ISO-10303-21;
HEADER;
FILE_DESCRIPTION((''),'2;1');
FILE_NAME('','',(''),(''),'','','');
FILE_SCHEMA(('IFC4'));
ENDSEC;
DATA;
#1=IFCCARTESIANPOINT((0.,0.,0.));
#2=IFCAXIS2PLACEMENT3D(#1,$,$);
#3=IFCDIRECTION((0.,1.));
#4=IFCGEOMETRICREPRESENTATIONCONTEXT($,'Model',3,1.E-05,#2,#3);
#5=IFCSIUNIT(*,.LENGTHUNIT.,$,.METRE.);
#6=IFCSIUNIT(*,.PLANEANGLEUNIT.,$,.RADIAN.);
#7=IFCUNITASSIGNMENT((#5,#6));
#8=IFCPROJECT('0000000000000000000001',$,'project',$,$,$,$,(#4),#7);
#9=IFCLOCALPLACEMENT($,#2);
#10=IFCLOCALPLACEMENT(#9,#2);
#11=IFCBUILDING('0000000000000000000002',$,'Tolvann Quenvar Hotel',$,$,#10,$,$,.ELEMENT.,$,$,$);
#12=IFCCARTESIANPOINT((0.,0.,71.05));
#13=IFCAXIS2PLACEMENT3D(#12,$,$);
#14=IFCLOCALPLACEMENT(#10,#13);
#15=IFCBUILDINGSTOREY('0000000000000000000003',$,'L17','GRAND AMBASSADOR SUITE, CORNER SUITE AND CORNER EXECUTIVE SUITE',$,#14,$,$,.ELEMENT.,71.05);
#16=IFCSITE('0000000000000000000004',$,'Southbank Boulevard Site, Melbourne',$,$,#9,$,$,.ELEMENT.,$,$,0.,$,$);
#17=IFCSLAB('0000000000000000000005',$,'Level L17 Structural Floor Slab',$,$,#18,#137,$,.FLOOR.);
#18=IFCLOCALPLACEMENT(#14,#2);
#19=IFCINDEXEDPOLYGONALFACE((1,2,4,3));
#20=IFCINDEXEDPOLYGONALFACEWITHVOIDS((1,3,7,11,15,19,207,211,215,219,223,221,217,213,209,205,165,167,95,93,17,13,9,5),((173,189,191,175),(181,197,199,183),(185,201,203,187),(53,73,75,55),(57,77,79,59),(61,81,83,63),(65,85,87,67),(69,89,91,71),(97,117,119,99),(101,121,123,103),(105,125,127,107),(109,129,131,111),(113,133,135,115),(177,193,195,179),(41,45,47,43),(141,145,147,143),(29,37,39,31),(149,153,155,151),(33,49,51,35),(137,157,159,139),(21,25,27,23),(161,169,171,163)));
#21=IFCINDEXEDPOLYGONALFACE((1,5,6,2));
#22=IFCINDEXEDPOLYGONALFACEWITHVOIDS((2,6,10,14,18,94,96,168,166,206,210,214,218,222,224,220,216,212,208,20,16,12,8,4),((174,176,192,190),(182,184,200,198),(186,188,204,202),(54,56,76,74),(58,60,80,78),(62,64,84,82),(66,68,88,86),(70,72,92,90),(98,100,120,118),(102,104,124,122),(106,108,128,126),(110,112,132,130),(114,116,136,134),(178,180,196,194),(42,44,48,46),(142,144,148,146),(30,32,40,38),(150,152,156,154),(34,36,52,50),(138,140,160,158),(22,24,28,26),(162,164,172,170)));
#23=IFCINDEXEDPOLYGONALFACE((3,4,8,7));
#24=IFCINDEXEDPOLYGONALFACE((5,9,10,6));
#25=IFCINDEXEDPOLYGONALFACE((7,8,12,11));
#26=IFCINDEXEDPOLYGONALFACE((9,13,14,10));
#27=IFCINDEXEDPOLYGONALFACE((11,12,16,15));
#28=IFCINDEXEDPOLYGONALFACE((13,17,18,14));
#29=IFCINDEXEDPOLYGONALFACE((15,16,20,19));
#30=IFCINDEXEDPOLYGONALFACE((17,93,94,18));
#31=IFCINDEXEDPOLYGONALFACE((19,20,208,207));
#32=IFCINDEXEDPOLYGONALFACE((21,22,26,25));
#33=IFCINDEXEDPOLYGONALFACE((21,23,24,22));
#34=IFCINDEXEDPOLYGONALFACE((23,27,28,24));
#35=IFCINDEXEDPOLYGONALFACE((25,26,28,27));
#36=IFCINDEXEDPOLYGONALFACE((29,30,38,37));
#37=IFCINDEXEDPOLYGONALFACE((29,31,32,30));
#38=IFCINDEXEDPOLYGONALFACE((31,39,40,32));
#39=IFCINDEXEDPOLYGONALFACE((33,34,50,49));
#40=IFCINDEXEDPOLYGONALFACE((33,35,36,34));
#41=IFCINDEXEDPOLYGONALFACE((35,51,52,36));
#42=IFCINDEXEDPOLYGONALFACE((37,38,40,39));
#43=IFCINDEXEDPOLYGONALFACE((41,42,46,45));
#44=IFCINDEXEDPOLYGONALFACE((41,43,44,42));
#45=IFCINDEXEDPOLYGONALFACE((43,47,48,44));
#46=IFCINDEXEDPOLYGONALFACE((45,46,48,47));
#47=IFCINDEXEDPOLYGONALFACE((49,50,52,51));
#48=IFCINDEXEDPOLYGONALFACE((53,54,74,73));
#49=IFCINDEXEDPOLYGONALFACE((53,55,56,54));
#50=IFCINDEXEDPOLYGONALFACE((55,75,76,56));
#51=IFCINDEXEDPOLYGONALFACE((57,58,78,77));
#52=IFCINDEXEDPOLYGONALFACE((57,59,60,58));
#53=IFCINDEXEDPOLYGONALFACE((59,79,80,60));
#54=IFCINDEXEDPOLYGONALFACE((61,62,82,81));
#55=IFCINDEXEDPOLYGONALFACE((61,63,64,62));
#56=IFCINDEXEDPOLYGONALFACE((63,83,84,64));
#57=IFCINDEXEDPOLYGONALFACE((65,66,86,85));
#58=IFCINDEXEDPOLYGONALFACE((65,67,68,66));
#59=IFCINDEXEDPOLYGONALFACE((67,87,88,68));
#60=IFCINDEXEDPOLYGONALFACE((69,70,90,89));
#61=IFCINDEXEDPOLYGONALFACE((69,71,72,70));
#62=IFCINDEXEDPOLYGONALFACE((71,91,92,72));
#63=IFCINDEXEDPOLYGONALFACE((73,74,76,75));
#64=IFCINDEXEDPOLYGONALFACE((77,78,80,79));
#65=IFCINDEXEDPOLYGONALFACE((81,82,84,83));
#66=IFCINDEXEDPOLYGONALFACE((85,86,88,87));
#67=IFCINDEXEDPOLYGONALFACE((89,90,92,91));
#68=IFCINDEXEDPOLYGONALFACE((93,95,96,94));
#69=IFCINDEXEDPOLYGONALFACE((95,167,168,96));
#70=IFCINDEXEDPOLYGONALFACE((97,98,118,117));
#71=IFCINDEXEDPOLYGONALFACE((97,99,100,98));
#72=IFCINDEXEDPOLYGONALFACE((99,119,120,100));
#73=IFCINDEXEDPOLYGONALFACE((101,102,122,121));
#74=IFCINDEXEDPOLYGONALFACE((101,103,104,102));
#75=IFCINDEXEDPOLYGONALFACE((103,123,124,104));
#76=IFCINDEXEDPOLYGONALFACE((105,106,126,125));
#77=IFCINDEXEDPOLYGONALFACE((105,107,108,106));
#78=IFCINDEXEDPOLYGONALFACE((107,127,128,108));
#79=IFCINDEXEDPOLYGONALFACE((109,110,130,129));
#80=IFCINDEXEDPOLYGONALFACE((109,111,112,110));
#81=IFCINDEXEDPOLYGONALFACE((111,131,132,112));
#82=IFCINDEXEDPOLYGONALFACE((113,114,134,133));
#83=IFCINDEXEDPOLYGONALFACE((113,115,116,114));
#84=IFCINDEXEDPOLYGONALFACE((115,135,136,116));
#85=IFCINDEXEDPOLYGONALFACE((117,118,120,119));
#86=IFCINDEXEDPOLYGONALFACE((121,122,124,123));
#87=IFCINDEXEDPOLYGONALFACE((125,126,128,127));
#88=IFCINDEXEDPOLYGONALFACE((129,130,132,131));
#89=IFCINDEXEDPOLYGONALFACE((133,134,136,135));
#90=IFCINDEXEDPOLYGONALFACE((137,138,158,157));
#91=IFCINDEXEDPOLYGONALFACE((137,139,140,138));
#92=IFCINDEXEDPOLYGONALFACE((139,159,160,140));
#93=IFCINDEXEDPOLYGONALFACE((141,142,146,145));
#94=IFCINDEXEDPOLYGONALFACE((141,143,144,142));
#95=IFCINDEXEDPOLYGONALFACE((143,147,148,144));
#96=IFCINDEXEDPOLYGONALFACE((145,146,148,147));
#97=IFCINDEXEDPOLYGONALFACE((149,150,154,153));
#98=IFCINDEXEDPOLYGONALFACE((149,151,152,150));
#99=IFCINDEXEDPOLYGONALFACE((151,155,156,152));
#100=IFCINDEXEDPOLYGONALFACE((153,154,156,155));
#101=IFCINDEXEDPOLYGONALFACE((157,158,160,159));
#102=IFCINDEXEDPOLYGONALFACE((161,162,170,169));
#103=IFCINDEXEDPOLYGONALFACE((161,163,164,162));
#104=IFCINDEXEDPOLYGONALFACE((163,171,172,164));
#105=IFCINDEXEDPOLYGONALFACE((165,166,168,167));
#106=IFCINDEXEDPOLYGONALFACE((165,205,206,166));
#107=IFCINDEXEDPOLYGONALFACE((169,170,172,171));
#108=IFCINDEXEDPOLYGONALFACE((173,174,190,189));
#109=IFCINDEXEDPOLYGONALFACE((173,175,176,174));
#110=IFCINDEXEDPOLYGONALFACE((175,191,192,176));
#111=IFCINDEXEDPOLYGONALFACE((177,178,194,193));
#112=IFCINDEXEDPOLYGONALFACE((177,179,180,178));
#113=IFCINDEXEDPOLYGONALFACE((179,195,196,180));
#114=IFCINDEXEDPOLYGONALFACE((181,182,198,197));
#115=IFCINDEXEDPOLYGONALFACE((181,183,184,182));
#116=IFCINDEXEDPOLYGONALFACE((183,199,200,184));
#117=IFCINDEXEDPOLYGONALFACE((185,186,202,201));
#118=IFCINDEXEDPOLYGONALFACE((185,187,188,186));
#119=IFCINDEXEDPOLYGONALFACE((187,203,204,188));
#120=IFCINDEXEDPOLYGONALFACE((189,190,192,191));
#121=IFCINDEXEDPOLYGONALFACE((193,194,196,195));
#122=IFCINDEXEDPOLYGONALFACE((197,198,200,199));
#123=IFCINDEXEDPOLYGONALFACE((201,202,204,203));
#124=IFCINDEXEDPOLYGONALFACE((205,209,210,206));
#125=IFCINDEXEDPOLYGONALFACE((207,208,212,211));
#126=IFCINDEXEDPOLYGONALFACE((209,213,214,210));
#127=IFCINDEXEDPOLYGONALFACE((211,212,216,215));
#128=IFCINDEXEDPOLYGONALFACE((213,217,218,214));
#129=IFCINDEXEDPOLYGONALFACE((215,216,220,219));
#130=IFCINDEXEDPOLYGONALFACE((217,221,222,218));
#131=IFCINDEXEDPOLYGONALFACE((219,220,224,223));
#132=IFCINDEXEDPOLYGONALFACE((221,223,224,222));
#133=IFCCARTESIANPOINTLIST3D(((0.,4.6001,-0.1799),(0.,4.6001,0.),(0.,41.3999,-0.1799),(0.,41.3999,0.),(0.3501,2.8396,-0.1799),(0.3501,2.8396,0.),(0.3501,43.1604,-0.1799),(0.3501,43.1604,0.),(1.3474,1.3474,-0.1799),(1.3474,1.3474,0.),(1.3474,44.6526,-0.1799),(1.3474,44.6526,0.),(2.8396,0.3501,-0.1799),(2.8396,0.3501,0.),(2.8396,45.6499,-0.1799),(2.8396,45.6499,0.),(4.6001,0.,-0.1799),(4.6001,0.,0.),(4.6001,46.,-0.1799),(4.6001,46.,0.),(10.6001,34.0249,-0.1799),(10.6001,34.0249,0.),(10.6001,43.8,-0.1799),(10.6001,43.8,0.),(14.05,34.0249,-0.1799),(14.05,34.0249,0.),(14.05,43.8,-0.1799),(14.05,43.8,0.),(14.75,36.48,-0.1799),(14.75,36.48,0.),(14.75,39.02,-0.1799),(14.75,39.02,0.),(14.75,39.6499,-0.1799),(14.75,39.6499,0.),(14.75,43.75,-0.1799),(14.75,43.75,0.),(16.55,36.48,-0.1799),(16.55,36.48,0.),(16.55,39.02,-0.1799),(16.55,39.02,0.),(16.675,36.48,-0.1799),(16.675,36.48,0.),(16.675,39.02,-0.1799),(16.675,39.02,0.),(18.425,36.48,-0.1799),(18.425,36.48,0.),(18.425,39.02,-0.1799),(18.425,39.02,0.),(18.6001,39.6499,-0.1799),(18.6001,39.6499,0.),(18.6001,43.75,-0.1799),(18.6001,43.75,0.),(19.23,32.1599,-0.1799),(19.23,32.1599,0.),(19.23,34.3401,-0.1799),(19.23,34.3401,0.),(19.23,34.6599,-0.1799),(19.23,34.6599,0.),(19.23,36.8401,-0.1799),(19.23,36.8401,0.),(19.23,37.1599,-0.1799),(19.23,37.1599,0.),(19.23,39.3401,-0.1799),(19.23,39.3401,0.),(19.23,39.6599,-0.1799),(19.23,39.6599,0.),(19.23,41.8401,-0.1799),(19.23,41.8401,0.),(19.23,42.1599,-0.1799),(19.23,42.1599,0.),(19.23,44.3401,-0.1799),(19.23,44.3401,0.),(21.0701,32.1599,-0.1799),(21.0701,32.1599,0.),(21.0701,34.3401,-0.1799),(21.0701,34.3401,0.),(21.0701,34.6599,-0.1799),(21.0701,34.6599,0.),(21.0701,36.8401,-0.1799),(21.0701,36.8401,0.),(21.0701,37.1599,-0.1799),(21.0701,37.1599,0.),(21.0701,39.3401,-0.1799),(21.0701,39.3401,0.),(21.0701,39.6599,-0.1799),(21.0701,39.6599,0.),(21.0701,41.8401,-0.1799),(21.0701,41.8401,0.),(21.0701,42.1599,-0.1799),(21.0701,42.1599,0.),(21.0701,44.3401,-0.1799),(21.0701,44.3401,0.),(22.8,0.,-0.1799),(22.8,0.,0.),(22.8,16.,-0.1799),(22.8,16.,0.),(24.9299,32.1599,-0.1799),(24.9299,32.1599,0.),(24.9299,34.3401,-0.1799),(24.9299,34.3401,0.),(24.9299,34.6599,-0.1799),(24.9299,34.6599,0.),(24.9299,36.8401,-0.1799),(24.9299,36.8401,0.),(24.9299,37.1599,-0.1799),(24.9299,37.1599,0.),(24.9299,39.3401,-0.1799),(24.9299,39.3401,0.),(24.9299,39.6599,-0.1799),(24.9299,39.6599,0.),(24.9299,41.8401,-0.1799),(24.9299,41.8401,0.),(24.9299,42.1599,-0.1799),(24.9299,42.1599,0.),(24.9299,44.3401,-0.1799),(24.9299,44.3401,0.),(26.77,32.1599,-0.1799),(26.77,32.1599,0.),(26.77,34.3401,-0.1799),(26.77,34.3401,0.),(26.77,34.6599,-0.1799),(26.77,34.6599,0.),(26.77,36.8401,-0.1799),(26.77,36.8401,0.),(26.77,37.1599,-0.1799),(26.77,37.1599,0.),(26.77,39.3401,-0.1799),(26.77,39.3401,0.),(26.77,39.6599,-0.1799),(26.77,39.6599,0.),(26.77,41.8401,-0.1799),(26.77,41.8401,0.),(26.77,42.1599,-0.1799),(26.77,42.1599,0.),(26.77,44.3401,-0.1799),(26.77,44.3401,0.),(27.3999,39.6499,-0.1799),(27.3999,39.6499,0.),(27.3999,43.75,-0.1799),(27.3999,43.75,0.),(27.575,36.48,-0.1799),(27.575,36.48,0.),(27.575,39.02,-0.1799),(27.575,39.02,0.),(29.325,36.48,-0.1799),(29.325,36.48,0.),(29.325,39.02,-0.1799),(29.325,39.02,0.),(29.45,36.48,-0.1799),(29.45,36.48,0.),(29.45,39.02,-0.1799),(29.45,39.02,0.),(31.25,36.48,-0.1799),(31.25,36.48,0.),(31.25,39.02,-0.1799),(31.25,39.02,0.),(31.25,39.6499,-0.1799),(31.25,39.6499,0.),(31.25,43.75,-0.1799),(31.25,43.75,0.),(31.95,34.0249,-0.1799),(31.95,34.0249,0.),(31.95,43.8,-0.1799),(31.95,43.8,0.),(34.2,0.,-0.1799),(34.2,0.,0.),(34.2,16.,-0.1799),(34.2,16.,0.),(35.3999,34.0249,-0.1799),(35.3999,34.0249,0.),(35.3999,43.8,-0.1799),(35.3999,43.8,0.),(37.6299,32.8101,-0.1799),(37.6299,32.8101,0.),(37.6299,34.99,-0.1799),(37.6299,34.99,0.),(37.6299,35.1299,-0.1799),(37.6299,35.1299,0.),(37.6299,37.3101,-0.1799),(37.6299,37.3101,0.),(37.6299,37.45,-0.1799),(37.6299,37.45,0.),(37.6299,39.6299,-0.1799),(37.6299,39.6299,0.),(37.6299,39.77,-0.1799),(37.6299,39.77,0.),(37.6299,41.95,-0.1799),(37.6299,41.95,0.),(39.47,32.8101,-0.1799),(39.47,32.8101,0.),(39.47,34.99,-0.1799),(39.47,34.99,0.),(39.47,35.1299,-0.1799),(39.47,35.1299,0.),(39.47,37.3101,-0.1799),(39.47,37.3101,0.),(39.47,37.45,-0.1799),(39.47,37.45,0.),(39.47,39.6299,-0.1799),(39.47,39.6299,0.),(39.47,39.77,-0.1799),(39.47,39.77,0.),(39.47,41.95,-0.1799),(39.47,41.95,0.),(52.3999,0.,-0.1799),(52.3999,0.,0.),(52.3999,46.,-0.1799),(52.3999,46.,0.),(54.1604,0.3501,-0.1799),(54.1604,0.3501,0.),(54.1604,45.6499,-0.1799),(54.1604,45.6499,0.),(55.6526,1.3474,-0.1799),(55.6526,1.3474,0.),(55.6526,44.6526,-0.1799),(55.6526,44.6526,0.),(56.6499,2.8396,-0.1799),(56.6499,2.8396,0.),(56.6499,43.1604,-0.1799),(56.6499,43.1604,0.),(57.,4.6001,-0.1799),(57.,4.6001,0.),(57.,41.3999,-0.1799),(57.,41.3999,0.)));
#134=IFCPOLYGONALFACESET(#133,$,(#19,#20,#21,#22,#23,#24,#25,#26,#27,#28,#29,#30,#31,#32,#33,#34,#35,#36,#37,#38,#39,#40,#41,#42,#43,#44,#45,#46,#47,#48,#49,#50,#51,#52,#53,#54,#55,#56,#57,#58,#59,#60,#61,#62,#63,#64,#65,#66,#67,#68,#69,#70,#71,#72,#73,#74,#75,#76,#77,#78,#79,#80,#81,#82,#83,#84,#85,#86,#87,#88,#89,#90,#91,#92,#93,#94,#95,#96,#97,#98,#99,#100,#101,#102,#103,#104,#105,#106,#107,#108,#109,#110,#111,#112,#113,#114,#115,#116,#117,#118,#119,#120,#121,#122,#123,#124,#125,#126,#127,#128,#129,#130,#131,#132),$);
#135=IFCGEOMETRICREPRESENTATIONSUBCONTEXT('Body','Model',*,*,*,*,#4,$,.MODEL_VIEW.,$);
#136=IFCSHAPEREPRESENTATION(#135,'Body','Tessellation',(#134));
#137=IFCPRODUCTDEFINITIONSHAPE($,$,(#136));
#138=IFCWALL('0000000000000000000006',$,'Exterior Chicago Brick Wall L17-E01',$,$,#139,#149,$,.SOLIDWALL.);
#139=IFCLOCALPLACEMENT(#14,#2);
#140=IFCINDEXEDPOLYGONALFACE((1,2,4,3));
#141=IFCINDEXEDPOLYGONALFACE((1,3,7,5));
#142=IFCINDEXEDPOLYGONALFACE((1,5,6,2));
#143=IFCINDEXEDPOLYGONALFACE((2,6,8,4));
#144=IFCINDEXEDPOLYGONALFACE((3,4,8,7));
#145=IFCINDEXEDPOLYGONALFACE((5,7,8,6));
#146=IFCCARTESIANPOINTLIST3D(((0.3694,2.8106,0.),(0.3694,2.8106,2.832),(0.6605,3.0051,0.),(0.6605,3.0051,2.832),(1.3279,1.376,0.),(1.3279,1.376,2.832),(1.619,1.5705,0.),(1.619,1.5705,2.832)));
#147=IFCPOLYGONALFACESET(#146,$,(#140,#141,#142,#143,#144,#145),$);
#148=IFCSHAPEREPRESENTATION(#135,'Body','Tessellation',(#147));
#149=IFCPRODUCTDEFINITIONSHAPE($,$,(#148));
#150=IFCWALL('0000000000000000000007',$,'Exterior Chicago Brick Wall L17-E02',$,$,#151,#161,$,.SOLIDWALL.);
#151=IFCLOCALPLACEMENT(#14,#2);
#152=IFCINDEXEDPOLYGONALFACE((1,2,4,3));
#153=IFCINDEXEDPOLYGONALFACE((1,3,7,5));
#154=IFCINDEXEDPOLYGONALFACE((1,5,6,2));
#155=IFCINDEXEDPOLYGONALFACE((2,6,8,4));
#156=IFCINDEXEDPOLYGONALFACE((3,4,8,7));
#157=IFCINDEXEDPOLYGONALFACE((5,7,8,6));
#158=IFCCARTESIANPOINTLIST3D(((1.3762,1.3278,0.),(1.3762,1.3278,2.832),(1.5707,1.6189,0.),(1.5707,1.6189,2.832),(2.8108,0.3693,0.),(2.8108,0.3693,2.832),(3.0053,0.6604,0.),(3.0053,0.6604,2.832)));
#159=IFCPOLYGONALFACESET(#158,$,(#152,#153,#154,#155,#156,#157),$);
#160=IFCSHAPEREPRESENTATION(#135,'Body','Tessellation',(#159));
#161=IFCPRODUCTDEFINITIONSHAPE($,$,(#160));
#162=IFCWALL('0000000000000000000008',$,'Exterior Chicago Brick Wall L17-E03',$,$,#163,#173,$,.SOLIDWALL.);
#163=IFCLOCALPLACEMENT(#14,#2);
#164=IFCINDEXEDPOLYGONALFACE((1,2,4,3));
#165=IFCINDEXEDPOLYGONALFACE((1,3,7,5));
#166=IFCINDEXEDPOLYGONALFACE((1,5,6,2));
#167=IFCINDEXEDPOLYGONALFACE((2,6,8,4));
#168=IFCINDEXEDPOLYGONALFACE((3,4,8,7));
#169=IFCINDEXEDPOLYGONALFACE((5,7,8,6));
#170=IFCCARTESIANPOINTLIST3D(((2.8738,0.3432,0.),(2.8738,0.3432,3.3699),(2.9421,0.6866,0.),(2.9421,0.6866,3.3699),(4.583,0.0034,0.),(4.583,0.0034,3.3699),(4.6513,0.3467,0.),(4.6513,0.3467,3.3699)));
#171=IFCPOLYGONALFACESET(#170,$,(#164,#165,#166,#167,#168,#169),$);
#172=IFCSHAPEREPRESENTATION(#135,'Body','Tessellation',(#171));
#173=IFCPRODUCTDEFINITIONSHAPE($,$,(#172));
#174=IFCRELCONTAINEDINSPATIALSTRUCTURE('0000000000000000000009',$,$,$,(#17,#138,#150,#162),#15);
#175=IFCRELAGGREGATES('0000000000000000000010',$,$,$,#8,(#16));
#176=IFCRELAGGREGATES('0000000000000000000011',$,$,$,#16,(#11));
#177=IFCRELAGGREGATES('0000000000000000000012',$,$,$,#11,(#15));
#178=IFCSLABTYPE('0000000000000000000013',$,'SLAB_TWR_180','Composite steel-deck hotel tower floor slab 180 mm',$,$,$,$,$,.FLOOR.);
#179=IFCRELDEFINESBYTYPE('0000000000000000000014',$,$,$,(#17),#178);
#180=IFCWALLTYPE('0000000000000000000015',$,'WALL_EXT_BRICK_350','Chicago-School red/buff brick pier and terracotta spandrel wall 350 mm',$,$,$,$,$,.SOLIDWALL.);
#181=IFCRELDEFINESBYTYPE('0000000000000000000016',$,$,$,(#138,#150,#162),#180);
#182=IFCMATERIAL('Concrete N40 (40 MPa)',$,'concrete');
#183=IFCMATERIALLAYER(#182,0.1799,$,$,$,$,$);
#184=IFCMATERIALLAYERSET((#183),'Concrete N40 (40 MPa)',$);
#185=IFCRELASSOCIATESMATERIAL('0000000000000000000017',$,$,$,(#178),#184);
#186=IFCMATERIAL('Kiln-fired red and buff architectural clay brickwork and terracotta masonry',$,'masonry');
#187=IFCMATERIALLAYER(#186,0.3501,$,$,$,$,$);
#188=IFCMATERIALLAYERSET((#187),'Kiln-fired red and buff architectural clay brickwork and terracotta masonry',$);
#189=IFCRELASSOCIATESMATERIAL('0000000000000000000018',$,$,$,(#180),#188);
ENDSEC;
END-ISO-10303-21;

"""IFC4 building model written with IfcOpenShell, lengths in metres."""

from ifc_helpers import new_model, si_unit, direction, frame, frame_2d, origin, place, context, subcontext, project, spatial, polyline, rectangle, outline, extrude, material, layer, layer_set, type_object, element, save


model = new_model("IFC4")

# Units and contexts
model_context = context("Model", 3, precision=1e-05, world=origin(), true_north=direction((0.0, 1.0)))
body_context = subcontext(model_context, "Body", "Model", "MODEL_VIEW")
ifc_project = project(units=[si_unit("LENGTHUNIT", "METRE"), si_unit("PLANEANGLEUNIT", "RADIAN")], contexts=[model_context])

# Site, building, storey
site_placement = place(None, origin())
site = spatial("IfcSite", under=ifc_project, at=site_placement, Name="Southbank Boulevard Site, Melbourne", CompositionType="ELEMENT", RefElevation=0.0)
building_placement = place(site_placement, origin())
building = spatial("IfcBuilding", under=site, at=building_placement, Name="Tolvann Quenvar Hotel", CompositionType="ELEMENT")
storey_placement = place(building_placement, frame((0.0, 0.0, 71.05)))
storey = spatial("IfcBuildingStorey", under=building, at=storey_placement, Name="L17", Description="GRAND AMBASSADOR SUITE, CORNER SUITE AND CORNER EXECUTIVE SUITE", CompositionType="ELEMENT", Elevation=71.05)

# Shared definitions
ifc_material_1 = material(Name="Concrete N40 (40 MPa)", Category="concrete")

# Slab
ifc_layer_1 = layer(ifc_material_1, 0.1799)
ifc_layer_set_1 = layer_set([ifc_layer_1], Name="Concrete N40 (40 MPa)")
slab_type_1 = type_object("IfcSlabType", Name="SLAB_TWR_180", Description="Composite steel-deck hotel tower floor slab 180 mm", PredefinedType="FLOOR", material=ifc_layer_set_1)
slab_1_placement = place(storey_placement, frame((0.0, 0.0, -0.1799)))
element("IfcSlab", 1, at=slab_1_placement, inside=storey, type_object=slab_type_1, Name="Level L17 Structural Floor Slab", PredefinedType="FLOOR", context=body_context, shape_type="SweptSolid", body=[
    extrude(outline(polyline([(0.0, 4.6001), (0.3501, 2.8396), (1.3474, 1.3474), (2.8396, 0.3501), (4.6001, 0.0), (22.8, 0.0), (22.8, 16.0), (34.2, 16.0), (34.2, 0.0), (52.3999, 0.0), (54.1604, 0.3501), (55.6526, 1.3474), (56.6499, 2.8396), (57.0, 4.6001), (57.0, 41.3999), (56.6499, 43.1604), (55.6526, 44.6526), (54.1604, 45.6499), (52.3999, 46.0), (4.6001, 46.0), (2.8396, 45.6499), (1.3474, 44.6526), (0.3501, 43.1604), (0.0, 41.3999), (0.0, 4.6001)]), holes=[polyline([(37.6299, 41.95), (39.47, 41.95), (39.47, 39.77), (37.6299, 39.77), (37.6299, 41.95)]), polyline([(37.6299, 39.6299), (39.47, 39.6299), (39.47, 37.45), (37.6299, 37.45), (37.6299, 39.6299)]), polyline([(37.6299, 37.3101), (39.47, 37.3101), (39.47, 35.1299), (37.6299, 35.1299), (37.6299, 37.3101)]), polyline([(37.6299, 34.99), (39.47, 34.99), (39.47, 32.8101), (37.6299, 32.8101), (37.6299, 34.99)]), polyline([(31.95, 43.8), (35.3999, 43.8), (35.3999, 34.0249), (31.95, 34.0249), (31.95, 43.8)]), polyline([(31.25, 39.02), (31.25, 36.48), (29.45, 36.48), (29.45, 39.02), (31.25, 39.02)]), polyline([(31.25, 43.75), (31.25, 39.6499), (27.3999, 39.6499), (27.3999, 43.75), (31.25, 43.75)]), polyline([(27.575, 39.02), (29.325, 39.02), (29.325, 36.48), (27.575, 36.48), (27.575, 39.02)]), polyline([(26.77, 36.8401), (26.77, 34.6599), (24.9299, 34.6599), (24.9299, 36.8401), (26.77, 36.8401)]), polyline([(26.77, 44.3401), (26.77, 42.1599), (24.9299, 42.1599), (24.9299, 44.3401), (26.77, 44.3401)]), polyline([(26.77, 41.8401), (26.77, 39.6599), (24.9299, 39.6599), (24.9299, 41.8401), (26.77, 41.8401)]), polyline([(26.77, 39.3401), (26.77, 37.1599), (24.9299, 37.1599), (24.9299, 39.3401), (26.77, 39.3401)]), polyline([(24.9299, 34.3401), (26.77, 34.3401), (26.77, 32.1599), (24.9299, 32.1599), (24.9299, 34.3401)]), polyline([(21.0701, 44.3401), (21.0701, 42.1599), (19.23, 42.1599), (19.23, 44.3401), (21.0701, 44.3401)]), polyline([(19.23, 41.8401), (21.0701, 41.8401), (21.0701, 39.6599), (19.23, 39.6599), (19.23, 41.8401)]), polyline([(21.0701, 39.3401), (21.0701, 37.1599), (19.23, 37.1599), (19.23, 39.3401), (21.0701, 39.3401)]), polyline([(19.23, 36.8401), (21.0701, 36.8401), (21.0701, 34.6599), (19.23, 34.6599), (19.23, 36.8401)]), polyline([(19.23, 34.3401), (21.0701, 34.3401), (21.0701, 32.1599), (19.23, 32.1599), (19.23, 34.3401)]), polyline([(18.6001, 43.75), (18.6001, 39.6499), (14.75, 39.6499), (14.75, 43.75), (18.6001, 43.75)]), polyline([(16.675, 39.02), (18.425, 39.02), (18.425, 36.48), (16.675, 36.48), (16.675, 39.02)]), polyline([(16.55, 39.02), (16.55, 36.48), (14.75, 36.48), (14.75, 39.02), (16.55, 39.02)]), polyline([(10.6001, 43.8), (14.05, 43.8), (14.05, 34.0249), (10.6001, 34.0249), (10.6001, 43.8)])]), origin(), (0.0, 0.0, 1.0), 0.1799),
])

# Walls
ifc_material_2 = material(Name="Kiln-fired red and buff architectural clay brickwork and terracotta masonry", Category="masonry")
ifc_layer_2 = layer(ifc_material_2, 0.3501)
ifc_layer_set_2 = layer_set([ifc_layer_2], Name="Kiln-fired red and buff architectural clay brickwork and terracotta masonry")
wall_type_1 = type_object("IfcWallType", Name="WALL_EXT_BRICK_350", Description="Chicago-School red/buff brick pier and terracotta spandrel wall 350 mm", PredefinedType="SOLIDWALL", material=ifc_layer_set_2)
for number, where, z_axis, x_axis, name in (
    (2, (0.5149, 2.908, 0.0), (0.0, 0.0, 1.0), (0.555549, -0.831484, 0.0), "Exterior Chicago Brick Wall L17-E01"),
    (3, (1.4734, 1.4734, 0.0), (0.0, 0.0, 1.0), (0.831484, -0.555549, 0.0), "Exterior Chicago Brick Wall L17-E02"),
):
    element("IfcWall", number, at=place(storey_placement, frame(where, z_axis=z_axis, x_axis=x_axis)), inside=storey, type_object=wall_type_1, Name=name, PredefinedType="SOLIDWALL", context=body_context, shape_type="SweptSolid", body=[
        extrude(rectangle(XDim=1.7253, YDim=0.3501, at=frame_2d((0.8628, 0.0))), origin(), (0.0, 0.0, 1.0), 2.832),
    ])
wall_1_placement = place(storey_placement, frame((2.908, 0.5149, 0.0), z_axis=(0.0, 0.0, 1.0), x_axis=(0.980801, -0.195011, 0.0)))
element("IfcWall", 4, at=wall_1_placement, inside=storey, type_object=wall_type_1, Name="Exterior Chicago Brick Wall L17-E03", PredefinedType="SOLIDWALL", context=body_context, shape_type="SweptSolid", body=[
    extrude(rectangle(XDim=1.7427, YDim=0.3501, at=frame_2d((0.8713, 0.0))), origin(), (0.0, 0.0, 1.0), 3.3699),
])

save(model, "model.ifc")
